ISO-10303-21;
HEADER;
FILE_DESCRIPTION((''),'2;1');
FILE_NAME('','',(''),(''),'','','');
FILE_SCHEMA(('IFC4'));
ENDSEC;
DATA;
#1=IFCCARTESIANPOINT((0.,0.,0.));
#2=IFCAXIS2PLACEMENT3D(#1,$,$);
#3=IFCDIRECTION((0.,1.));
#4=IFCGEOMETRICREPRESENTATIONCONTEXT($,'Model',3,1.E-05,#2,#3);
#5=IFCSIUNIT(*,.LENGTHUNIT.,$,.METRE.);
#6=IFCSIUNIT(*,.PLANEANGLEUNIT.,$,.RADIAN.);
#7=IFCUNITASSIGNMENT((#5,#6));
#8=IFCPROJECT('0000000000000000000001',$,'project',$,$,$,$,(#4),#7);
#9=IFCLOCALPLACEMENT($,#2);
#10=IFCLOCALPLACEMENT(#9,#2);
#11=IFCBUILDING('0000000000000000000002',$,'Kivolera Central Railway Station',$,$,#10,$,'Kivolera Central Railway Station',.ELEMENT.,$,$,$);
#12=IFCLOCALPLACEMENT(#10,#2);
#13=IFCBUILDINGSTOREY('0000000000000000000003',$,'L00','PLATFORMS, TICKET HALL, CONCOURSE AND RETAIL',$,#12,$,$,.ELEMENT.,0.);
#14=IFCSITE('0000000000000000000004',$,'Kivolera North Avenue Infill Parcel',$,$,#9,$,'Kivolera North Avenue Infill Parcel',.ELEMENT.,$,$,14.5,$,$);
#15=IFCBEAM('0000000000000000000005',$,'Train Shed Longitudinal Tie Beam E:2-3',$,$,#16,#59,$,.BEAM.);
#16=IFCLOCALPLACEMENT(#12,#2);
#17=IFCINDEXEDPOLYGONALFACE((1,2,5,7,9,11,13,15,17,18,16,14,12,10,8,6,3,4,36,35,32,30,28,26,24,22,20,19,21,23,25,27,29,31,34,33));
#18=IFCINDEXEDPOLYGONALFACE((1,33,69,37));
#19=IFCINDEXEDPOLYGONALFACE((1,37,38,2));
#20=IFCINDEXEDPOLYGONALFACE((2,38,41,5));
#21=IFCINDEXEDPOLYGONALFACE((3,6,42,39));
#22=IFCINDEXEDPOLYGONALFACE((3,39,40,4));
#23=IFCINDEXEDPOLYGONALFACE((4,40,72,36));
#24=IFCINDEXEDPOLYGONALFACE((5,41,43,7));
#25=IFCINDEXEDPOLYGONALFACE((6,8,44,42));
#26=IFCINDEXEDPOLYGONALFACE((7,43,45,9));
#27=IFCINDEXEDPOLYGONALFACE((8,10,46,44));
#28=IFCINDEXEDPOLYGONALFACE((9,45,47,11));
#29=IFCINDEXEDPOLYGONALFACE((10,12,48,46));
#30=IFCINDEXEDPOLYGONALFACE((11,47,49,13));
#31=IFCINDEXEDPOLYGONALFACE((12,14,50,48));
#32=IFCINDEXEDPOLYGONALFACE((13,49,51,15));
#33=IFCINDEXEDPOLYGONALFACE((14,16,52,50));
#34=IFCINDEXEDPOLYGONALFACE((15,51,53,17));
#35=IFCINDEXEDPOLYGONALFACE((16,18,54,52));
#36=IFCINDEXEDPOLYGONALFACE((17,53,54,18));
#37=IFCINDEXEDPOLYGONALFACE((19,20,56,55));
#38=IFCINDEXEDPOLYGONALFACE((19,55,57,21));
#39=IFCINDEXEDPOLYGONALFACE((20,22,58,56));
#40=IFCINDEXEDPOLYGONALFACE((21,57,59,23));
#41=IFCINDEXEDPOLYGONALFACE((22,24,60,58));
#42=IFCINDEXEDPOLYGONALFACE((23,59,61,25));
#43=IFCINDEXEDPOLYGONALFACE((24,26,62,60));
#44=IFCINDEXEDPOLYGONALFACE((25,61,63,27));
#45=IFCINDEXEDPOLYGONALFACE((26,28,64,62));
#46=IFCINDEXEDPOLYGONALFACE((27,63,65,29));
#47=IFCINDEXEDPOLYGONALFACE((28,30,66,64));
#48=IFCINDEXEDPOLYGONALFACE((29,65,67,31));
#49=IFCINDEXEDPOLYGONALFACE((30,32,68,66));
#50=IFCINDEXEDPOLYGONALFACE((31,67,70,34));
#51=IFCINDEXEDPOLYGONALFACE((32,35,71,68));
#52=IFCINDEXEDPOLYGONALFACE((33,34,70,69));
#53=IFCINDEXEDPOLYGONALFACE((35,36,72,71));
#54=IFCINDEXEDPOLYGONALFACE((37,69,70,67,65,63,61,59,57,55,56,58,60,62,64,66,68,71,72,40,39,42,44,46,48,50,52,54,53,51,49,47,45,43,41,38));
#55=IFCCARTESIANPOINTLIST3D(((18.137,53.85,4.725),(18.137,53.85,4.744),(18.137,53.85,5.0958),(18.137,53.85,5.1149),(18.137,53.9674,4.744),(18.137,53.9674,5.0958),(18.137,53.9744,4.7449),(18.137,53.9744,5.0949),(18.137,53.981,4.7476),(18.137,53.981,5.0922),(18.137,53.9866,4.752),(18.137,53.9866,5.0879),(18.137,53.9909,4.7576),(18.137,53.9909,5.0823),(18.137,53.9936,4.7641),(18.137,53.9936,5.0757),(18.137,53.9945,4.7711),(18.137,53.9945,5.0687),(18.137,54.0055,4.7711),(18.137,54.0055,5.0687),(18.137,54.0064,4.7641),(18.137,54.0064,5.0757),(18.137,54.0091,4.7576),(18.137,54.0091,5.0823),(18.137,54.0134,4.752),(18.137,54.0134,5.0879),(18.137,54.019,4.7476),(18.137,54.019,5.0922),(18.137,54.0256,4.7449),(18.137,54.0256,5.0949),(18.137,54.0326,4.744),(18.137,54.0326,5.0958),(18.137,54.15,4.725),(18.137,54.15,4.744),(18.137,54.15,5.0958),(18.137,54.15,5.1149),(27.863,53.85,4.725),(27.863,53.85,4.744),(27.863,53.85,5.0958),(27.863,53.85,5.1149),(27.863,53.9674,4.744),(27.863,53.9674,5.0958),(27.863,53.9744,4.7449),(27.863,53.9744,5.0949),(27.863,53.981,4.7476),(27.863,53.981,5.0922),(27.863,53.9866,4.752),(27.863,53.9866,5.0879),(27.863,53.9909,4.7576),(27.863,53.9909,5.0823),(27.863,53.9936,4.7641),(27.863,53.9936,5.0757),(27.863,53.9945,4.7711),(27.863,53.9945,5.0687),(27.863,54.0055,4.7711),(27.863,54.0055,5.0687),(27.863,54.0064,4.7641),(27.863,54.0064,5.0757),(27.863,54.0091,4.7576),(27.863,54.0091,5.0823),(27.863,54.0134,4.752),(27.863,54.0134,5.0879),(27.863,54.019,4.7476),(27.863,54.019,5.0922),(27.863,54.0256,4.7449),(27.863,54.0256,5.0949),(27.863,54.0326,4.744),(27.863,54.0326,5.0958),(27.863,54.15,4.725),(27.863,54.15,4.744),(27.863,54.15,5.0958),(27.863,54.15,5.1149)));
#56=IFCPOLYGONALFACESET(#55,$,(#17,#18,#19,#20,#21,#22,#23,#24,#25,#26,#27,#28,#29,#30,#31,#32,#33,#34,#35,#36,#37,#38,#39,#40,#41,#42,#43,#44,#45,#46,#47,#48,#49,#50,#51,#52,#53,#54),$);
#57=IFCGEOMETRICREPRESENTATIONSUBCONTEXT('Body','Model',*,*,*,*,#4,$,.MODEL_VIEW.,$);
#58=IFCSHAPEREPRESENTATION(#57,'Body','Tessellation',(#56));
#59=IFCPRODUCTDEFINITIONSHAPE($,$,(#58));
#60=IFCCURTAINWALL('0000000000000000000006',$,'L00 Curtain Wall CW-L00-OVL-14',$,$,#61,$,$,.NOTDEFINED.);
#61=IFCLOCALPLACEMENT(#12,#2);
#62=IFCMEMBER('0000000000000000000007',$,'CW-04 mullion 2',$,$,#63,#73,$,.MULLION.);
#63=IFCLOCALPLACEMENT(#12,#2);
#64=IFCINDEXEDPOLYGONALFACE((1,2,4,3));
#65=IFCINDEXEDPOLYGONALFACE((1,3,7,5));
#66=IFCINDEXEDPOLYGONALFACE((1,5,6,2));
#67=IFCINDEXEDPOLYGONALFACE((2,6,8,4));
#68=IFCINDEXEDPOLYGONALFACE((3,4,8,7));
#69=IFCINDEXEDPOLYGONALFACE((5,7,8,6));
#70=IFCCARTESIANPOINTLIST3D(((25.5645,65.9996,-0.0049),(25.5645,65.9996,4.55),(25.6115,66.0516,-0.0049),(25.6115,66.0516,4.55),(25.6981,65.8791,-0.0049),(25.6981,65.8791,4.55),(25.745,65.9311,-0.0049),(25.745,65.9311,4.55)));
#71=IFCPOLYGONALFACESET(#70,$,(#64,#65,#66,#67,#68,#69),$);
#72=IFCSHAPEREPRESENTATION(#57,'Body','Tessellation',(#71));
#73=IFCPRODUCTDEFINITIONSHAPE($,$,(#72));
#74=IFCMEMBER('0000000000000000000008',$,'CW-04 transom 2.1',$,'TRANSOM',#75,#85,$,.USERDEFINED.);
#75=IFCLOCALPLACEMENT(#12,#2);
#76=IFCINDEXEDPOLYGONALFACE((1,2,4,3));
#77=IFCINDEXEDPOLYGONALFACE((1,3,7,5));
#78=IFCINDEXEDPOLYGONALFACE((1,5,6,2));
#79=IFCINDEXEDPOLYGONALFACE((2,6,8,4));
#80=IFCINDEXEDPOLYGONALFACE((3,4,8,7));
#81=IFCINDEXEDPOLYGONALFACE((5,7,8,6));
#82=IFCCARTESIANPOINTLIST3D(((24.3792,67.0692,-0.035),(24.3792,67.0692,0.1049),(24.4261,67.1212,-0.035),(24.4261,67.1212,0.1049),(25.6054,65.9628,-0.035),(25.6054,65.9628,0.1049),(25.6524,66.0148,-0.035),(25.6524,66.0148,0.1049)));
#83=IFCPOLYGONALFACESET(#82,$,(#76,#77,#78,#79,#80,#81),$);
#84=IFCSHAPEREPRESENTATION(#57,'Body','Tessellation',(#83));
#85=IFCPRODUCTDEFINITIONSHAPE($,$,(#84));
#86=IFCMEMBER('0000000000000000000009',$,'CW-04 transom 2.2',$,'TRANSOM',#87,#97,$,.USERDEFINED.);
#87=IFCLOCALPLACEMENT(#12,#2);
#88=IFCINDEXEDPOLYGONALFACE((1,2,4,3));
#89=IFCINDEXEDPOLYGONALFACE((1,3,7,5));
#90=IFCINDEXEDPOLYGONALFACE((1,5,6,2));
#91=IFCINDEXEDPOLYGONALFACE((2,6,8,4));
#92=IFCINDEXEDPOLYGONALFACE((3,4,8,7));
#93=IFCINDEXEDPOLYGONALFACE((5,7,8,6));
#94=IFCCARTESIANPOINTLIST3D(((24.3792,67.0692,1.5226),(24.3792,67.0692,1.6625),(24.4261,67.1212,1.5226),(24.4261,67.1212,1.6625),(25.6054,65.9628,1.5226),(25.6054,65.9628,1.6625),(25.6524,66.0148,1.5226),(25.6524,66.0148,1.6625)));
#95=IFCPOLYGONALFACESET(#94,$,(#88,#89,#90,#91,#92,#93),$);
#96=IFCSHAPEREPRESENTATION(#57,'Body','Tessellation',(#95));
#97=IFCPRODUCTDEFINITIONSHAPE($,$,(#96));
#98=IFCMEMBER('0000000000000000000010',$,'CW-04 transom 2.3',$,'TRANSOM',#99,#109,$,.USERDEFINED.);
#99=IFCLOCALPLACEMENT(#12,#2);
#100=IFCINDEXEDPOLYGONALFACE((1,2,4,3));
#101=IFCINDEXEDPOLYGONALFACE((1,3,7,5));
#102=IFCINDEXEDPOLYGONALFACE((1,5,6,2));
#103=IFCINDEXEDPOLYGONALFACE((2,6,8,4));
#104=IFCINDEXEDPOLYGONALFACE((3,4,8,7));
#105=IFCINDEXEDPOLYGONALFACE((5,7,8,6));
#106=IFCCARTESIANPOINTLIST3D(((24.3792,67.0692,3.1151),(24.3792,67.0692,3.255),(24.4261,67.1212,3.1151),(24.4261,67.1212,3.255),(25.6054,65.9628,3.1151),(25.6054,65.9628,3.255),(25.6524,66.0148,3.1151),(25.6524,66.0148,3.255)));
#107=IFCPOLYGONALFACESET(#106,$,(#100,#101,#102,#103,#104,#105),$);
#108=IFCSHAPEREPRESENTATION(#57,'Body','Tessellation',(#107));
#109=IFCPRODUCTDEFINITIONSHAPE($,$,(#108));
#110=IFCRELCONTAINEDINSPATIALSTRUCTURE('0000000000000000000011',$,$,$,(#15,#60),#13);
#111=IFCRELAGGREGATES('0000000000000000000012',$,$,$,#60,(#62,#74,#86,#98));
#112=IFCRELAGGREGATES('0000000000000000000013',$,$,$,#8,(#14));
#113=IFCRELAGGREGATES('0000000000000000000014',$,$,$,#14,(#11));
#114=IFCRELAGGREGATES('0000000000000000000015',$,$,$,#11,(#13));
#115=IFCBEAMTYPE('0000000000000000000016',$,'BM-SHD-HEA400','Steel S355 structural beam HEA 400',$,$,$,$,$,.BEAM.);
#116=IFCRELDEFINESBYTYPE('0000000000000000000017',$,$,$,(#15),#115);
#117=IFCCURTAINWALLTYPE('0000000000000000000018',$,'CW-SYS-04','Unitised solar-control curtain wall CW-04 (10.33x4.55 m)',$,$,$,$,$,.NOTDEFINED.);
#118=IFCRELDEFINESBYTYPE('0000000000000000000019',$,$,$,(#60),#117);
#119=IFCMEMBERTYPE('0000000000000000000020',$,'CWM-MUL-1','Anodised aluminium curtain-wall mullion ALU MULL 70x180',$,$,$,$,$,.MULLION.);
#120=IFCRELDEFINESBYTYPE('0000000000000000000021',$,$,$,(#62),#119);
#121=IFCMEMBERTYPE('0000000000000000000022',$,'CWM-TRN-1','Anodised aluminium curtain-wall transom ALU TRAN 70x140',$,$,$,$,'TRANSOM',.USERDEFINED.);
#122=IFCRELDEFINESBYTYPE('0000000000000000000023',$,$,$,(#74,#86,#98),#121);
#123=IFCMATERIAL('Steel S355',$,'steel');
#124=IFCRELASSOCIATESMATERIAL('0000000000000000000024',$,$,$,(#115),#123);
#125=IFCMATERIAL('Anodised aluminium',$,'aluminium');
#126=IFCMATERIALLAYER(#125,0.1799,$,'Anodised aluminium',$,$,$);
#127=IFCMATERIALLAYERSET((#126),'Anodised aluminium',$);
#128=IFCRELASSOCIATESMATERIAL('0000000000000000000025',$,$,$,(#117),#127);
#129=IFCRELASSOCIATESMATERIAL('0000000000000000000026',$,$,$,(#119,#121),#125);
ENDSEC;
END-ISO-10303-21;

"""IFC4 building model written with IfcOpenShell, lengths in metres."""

from ifc_helpers import new_model, si_unit, direction, frame, origin, origin_2d, place, context, subcontext, project, spatial, rectangle, i_section, extrude, material, layer, layer_set, material_profile, profile_set, type_object, element, aggregate, save


model = new_model("IFC4")

# Units and contexts
model_context = context("Model", 3, precision=1e-05, world=origin(), true_north=direction((0.0, 1.0)))
body_context = subcontext(model_context, "Body", "Model", "MODEL_VIEW")
ifc_project = project(units=[si_unit("LENGTHUNIT", "METRE"), si_unit("PLANEANGLEUNIT", "RADIAN")], contexts=[model_context])

# Site, building, storey
site_placement = place(None, origin())
site = spatial("IfcSite", under=ifc_project, at=site_placement, Name="Kivolera North Avenue Infill Parcel", LongName="Kivolera North Avenue Infill Parcel", CompositionType="ELEMENT", RefElevation=14.5)
building_placement = place(site_placement, origin())
building = spatial("IfcBuilding", under=site, at=building_placement, Name="Kivolera Central Railway Station", LongName="Kivolera Central Railway Station", CompositionType="ELEMENT")
storey_placement = place(building_placement, origin())
storey = spatial("IfcBuildingStorey", under=building, at=storey_placement, Name="L00", Description="PLATFORMS, TICKET HALL, CONCOURSE AND RETAIL", CompositionType="ELEMENT", Elevation=0.0)

# Shared definitions
ifc_material_1 = material(Name="Steel S355", Category="steel")

# Beam
ifc_material_profile_1 = material_profile(ifc_material_1, i_section(OverallWidth=0.3, OverallDepth=0.3899, WebThickness=0.011, FlangeThickness=0.019, FilletRadius=0.0271, at=origin_2d()), Name="HEA 400")
ifc_profile_set_1 = profile_set([ifc_material_profile_1], Name="Steel S355")
beam_type = type_object("IfcBeamType", Name="BM-SHD-HEA400", Description="Steel S355 structural beam HEA 400", PredefinedType="BEAM", material=ifc_profile_set_1)
for number, where, z_axis, x_axis, name in (
    (1, (18.137, 54.0, 4.9199), (1.0, 0.0, 0.0), (0.0, 1.0, 0.0), "Train Shed Longitudinal Tie Beam E:2-3"),
):
    element("IfcBeam", number, at=place(storey_placement, frame(where, z_axis=z_axis, x_axis=x_axis)), inside=storey, type_object=beam_type, Name=name, PredefinedType="BEAM", context=body_context, shape_type="SweptSolid", body=[
        extrude(i_section(OverallWidth=0.3, OverallDepth=0.3899, WebThickness=0.011, FlangeThickness=0.019, FilletRadius=0.0271, at=origin_2d()), origin(), (0.0, 0.0, 1.0), 9.7261),
    ])

# Curtain wall, members
ifc_material_2 = material(Name="Anodised aluminium", Category="aluminium")
ifc_layer = layer(ifc_material_2, 0.1799, Name="Anodised aluminium")
ifc_layer_set = layer_set([ifc_layer], Name="Anodised aluminium")
curtain_wall_type = type_object("IfcCurtainWallType", Name="CW-SYS-04", Description="Unitised solar-control curtain wall CW-04 (10.33x4.55 m)", PredefinedType="NOTDEFINED", material=ifc_layer_set)
curtain_wall_placement = place(storey_placement, origin())
curtain_wall = element("IfcCurtainWall", 2, at=curtain_wall_placement, inside=storey, type_object=curtain_wall_type, Name="L00 Curtain Wall CW-L00-OVL-14", PredefinedType="NOTDEFINED")
ifc_material_profile_2 = material_profile(ifc_material_2, rectangle(XDim=0.0701, YDim=0.1799, at=origin_2d()), Name="ALU MULL 70x180")
ifc_profile_set_2 = profile_set([ifc_material_profile_2], Name="Anodised aluminium")
member_type_1 = type_object("IfcMemberType", Name="CWM-MUL-1", Description="Anodised aluminium curtain-wall mullion ALU MULL 70x180", PredefinedType="MULLION", material=ifc_profile_set_2)
member_1_placement = place(storey_placement, frame((25.6548, 65.9653, -0.0049), z_axis=(0.0, 0.0, 1.0), x_axis=(-0.669922, -0.742432, 0.0)))
member_1 = element("IfcMember", 3, at=member_1_placement, type_object=member_type_1, Name="CW-04 mullion 2", PredefinedType="MULLION", context=body_context, shape_type="SweptSolid", body=[
    extrude(rectangle(XDim=0.0701, YDim=0.1799, at=origin_2d()), origin(), (0.0, 0.0, 1.0), 4.5549),
])
ifc_material_profile_3 = material_profile(ifc_material_2, rectangle(XDim=0.0701, YDim=0.1399, at=origin_2d()), Name="ALU TRAN 70x140")
ifc_profile_set_3 = profile_set([ifc_material_profile_3], Name="Anodised aluminium")
member_type_2 = type_object("IfcMemberType", Name="CWM-TRN-1", Description="Anodised aluminium curtain-wall transom ALU TRAN 70x140", ElementType="TRANSOM", PredefinedType="USERDEFINED", material=ifc_profile_set_3)
member_2_placement = place(storey_placement, frame((25.6289, 65.9888, 0.0349), z_axis=(-0.742463, 0.669887, 0.0), x_axis=(-0.669887, -0.742463, 0.0)))
member_2 = element("IfcMember", 4, at=member_2_placement, type_object=member_type_2, Name="CW-04 transom 2.1", ObjectType="TRANSOM", PredefinedType="USERDEFINED", context=body_context, shape_type="SweptSolid", body=[
    extrude(rectangle(XDim=0.0701, YDim=0.1399, at=origin_2d()), origin(), (0.0, 0.0, 1.0), 1.6516),
])
member_3_placement = place(storey_placement, frame((25.6289, 65.9888, 1.5925), z_axis=(-0.742463, 0.669887, 0.0), x_axis=(-0.669887, -0.742463, 0.0)))
member_3 = element("IfcMember", 5, at=member_3_placement, type_object=member_type_2, Name="CW-04 transom 2.2", ObjectType="TRANSOM", PredefinedType="USERDEFINED", context=body_context, shape_type="SweptSolid", body=[
    extrude(rectangle(XDim=0.0701, YDim=0.1399, at=origin_2d()), origin(), (0.0, 0.0, 1.0), 1.6516),
])
member_4_placement = place(storey_placement, frame((25.6289, 65.9888, 3.1851), z_axis=(-0.742463, 0.669887, 0.0), x_axis=(-0.669887, -0.742463, 0.0)))
member_4 = element("IfcMember", 6, at=member_4_placement, type_object=member_type_2, Name="CW-04 transom 2.3", ObjectType="TRANSOM", PredefinedType="USERDEFINED", context=body_context, shape_type="SweptSolid", body=[
    extrude(rectangle(XDim=0.0701, YDim=0.1399, at=origin_2d()), origin(), (0.0, 0.0, 1.0), 1.6516),
])
aggregate(curtain_wall, [member_1, member_2, member_3, member_4])

save(model, "model.ifc")
